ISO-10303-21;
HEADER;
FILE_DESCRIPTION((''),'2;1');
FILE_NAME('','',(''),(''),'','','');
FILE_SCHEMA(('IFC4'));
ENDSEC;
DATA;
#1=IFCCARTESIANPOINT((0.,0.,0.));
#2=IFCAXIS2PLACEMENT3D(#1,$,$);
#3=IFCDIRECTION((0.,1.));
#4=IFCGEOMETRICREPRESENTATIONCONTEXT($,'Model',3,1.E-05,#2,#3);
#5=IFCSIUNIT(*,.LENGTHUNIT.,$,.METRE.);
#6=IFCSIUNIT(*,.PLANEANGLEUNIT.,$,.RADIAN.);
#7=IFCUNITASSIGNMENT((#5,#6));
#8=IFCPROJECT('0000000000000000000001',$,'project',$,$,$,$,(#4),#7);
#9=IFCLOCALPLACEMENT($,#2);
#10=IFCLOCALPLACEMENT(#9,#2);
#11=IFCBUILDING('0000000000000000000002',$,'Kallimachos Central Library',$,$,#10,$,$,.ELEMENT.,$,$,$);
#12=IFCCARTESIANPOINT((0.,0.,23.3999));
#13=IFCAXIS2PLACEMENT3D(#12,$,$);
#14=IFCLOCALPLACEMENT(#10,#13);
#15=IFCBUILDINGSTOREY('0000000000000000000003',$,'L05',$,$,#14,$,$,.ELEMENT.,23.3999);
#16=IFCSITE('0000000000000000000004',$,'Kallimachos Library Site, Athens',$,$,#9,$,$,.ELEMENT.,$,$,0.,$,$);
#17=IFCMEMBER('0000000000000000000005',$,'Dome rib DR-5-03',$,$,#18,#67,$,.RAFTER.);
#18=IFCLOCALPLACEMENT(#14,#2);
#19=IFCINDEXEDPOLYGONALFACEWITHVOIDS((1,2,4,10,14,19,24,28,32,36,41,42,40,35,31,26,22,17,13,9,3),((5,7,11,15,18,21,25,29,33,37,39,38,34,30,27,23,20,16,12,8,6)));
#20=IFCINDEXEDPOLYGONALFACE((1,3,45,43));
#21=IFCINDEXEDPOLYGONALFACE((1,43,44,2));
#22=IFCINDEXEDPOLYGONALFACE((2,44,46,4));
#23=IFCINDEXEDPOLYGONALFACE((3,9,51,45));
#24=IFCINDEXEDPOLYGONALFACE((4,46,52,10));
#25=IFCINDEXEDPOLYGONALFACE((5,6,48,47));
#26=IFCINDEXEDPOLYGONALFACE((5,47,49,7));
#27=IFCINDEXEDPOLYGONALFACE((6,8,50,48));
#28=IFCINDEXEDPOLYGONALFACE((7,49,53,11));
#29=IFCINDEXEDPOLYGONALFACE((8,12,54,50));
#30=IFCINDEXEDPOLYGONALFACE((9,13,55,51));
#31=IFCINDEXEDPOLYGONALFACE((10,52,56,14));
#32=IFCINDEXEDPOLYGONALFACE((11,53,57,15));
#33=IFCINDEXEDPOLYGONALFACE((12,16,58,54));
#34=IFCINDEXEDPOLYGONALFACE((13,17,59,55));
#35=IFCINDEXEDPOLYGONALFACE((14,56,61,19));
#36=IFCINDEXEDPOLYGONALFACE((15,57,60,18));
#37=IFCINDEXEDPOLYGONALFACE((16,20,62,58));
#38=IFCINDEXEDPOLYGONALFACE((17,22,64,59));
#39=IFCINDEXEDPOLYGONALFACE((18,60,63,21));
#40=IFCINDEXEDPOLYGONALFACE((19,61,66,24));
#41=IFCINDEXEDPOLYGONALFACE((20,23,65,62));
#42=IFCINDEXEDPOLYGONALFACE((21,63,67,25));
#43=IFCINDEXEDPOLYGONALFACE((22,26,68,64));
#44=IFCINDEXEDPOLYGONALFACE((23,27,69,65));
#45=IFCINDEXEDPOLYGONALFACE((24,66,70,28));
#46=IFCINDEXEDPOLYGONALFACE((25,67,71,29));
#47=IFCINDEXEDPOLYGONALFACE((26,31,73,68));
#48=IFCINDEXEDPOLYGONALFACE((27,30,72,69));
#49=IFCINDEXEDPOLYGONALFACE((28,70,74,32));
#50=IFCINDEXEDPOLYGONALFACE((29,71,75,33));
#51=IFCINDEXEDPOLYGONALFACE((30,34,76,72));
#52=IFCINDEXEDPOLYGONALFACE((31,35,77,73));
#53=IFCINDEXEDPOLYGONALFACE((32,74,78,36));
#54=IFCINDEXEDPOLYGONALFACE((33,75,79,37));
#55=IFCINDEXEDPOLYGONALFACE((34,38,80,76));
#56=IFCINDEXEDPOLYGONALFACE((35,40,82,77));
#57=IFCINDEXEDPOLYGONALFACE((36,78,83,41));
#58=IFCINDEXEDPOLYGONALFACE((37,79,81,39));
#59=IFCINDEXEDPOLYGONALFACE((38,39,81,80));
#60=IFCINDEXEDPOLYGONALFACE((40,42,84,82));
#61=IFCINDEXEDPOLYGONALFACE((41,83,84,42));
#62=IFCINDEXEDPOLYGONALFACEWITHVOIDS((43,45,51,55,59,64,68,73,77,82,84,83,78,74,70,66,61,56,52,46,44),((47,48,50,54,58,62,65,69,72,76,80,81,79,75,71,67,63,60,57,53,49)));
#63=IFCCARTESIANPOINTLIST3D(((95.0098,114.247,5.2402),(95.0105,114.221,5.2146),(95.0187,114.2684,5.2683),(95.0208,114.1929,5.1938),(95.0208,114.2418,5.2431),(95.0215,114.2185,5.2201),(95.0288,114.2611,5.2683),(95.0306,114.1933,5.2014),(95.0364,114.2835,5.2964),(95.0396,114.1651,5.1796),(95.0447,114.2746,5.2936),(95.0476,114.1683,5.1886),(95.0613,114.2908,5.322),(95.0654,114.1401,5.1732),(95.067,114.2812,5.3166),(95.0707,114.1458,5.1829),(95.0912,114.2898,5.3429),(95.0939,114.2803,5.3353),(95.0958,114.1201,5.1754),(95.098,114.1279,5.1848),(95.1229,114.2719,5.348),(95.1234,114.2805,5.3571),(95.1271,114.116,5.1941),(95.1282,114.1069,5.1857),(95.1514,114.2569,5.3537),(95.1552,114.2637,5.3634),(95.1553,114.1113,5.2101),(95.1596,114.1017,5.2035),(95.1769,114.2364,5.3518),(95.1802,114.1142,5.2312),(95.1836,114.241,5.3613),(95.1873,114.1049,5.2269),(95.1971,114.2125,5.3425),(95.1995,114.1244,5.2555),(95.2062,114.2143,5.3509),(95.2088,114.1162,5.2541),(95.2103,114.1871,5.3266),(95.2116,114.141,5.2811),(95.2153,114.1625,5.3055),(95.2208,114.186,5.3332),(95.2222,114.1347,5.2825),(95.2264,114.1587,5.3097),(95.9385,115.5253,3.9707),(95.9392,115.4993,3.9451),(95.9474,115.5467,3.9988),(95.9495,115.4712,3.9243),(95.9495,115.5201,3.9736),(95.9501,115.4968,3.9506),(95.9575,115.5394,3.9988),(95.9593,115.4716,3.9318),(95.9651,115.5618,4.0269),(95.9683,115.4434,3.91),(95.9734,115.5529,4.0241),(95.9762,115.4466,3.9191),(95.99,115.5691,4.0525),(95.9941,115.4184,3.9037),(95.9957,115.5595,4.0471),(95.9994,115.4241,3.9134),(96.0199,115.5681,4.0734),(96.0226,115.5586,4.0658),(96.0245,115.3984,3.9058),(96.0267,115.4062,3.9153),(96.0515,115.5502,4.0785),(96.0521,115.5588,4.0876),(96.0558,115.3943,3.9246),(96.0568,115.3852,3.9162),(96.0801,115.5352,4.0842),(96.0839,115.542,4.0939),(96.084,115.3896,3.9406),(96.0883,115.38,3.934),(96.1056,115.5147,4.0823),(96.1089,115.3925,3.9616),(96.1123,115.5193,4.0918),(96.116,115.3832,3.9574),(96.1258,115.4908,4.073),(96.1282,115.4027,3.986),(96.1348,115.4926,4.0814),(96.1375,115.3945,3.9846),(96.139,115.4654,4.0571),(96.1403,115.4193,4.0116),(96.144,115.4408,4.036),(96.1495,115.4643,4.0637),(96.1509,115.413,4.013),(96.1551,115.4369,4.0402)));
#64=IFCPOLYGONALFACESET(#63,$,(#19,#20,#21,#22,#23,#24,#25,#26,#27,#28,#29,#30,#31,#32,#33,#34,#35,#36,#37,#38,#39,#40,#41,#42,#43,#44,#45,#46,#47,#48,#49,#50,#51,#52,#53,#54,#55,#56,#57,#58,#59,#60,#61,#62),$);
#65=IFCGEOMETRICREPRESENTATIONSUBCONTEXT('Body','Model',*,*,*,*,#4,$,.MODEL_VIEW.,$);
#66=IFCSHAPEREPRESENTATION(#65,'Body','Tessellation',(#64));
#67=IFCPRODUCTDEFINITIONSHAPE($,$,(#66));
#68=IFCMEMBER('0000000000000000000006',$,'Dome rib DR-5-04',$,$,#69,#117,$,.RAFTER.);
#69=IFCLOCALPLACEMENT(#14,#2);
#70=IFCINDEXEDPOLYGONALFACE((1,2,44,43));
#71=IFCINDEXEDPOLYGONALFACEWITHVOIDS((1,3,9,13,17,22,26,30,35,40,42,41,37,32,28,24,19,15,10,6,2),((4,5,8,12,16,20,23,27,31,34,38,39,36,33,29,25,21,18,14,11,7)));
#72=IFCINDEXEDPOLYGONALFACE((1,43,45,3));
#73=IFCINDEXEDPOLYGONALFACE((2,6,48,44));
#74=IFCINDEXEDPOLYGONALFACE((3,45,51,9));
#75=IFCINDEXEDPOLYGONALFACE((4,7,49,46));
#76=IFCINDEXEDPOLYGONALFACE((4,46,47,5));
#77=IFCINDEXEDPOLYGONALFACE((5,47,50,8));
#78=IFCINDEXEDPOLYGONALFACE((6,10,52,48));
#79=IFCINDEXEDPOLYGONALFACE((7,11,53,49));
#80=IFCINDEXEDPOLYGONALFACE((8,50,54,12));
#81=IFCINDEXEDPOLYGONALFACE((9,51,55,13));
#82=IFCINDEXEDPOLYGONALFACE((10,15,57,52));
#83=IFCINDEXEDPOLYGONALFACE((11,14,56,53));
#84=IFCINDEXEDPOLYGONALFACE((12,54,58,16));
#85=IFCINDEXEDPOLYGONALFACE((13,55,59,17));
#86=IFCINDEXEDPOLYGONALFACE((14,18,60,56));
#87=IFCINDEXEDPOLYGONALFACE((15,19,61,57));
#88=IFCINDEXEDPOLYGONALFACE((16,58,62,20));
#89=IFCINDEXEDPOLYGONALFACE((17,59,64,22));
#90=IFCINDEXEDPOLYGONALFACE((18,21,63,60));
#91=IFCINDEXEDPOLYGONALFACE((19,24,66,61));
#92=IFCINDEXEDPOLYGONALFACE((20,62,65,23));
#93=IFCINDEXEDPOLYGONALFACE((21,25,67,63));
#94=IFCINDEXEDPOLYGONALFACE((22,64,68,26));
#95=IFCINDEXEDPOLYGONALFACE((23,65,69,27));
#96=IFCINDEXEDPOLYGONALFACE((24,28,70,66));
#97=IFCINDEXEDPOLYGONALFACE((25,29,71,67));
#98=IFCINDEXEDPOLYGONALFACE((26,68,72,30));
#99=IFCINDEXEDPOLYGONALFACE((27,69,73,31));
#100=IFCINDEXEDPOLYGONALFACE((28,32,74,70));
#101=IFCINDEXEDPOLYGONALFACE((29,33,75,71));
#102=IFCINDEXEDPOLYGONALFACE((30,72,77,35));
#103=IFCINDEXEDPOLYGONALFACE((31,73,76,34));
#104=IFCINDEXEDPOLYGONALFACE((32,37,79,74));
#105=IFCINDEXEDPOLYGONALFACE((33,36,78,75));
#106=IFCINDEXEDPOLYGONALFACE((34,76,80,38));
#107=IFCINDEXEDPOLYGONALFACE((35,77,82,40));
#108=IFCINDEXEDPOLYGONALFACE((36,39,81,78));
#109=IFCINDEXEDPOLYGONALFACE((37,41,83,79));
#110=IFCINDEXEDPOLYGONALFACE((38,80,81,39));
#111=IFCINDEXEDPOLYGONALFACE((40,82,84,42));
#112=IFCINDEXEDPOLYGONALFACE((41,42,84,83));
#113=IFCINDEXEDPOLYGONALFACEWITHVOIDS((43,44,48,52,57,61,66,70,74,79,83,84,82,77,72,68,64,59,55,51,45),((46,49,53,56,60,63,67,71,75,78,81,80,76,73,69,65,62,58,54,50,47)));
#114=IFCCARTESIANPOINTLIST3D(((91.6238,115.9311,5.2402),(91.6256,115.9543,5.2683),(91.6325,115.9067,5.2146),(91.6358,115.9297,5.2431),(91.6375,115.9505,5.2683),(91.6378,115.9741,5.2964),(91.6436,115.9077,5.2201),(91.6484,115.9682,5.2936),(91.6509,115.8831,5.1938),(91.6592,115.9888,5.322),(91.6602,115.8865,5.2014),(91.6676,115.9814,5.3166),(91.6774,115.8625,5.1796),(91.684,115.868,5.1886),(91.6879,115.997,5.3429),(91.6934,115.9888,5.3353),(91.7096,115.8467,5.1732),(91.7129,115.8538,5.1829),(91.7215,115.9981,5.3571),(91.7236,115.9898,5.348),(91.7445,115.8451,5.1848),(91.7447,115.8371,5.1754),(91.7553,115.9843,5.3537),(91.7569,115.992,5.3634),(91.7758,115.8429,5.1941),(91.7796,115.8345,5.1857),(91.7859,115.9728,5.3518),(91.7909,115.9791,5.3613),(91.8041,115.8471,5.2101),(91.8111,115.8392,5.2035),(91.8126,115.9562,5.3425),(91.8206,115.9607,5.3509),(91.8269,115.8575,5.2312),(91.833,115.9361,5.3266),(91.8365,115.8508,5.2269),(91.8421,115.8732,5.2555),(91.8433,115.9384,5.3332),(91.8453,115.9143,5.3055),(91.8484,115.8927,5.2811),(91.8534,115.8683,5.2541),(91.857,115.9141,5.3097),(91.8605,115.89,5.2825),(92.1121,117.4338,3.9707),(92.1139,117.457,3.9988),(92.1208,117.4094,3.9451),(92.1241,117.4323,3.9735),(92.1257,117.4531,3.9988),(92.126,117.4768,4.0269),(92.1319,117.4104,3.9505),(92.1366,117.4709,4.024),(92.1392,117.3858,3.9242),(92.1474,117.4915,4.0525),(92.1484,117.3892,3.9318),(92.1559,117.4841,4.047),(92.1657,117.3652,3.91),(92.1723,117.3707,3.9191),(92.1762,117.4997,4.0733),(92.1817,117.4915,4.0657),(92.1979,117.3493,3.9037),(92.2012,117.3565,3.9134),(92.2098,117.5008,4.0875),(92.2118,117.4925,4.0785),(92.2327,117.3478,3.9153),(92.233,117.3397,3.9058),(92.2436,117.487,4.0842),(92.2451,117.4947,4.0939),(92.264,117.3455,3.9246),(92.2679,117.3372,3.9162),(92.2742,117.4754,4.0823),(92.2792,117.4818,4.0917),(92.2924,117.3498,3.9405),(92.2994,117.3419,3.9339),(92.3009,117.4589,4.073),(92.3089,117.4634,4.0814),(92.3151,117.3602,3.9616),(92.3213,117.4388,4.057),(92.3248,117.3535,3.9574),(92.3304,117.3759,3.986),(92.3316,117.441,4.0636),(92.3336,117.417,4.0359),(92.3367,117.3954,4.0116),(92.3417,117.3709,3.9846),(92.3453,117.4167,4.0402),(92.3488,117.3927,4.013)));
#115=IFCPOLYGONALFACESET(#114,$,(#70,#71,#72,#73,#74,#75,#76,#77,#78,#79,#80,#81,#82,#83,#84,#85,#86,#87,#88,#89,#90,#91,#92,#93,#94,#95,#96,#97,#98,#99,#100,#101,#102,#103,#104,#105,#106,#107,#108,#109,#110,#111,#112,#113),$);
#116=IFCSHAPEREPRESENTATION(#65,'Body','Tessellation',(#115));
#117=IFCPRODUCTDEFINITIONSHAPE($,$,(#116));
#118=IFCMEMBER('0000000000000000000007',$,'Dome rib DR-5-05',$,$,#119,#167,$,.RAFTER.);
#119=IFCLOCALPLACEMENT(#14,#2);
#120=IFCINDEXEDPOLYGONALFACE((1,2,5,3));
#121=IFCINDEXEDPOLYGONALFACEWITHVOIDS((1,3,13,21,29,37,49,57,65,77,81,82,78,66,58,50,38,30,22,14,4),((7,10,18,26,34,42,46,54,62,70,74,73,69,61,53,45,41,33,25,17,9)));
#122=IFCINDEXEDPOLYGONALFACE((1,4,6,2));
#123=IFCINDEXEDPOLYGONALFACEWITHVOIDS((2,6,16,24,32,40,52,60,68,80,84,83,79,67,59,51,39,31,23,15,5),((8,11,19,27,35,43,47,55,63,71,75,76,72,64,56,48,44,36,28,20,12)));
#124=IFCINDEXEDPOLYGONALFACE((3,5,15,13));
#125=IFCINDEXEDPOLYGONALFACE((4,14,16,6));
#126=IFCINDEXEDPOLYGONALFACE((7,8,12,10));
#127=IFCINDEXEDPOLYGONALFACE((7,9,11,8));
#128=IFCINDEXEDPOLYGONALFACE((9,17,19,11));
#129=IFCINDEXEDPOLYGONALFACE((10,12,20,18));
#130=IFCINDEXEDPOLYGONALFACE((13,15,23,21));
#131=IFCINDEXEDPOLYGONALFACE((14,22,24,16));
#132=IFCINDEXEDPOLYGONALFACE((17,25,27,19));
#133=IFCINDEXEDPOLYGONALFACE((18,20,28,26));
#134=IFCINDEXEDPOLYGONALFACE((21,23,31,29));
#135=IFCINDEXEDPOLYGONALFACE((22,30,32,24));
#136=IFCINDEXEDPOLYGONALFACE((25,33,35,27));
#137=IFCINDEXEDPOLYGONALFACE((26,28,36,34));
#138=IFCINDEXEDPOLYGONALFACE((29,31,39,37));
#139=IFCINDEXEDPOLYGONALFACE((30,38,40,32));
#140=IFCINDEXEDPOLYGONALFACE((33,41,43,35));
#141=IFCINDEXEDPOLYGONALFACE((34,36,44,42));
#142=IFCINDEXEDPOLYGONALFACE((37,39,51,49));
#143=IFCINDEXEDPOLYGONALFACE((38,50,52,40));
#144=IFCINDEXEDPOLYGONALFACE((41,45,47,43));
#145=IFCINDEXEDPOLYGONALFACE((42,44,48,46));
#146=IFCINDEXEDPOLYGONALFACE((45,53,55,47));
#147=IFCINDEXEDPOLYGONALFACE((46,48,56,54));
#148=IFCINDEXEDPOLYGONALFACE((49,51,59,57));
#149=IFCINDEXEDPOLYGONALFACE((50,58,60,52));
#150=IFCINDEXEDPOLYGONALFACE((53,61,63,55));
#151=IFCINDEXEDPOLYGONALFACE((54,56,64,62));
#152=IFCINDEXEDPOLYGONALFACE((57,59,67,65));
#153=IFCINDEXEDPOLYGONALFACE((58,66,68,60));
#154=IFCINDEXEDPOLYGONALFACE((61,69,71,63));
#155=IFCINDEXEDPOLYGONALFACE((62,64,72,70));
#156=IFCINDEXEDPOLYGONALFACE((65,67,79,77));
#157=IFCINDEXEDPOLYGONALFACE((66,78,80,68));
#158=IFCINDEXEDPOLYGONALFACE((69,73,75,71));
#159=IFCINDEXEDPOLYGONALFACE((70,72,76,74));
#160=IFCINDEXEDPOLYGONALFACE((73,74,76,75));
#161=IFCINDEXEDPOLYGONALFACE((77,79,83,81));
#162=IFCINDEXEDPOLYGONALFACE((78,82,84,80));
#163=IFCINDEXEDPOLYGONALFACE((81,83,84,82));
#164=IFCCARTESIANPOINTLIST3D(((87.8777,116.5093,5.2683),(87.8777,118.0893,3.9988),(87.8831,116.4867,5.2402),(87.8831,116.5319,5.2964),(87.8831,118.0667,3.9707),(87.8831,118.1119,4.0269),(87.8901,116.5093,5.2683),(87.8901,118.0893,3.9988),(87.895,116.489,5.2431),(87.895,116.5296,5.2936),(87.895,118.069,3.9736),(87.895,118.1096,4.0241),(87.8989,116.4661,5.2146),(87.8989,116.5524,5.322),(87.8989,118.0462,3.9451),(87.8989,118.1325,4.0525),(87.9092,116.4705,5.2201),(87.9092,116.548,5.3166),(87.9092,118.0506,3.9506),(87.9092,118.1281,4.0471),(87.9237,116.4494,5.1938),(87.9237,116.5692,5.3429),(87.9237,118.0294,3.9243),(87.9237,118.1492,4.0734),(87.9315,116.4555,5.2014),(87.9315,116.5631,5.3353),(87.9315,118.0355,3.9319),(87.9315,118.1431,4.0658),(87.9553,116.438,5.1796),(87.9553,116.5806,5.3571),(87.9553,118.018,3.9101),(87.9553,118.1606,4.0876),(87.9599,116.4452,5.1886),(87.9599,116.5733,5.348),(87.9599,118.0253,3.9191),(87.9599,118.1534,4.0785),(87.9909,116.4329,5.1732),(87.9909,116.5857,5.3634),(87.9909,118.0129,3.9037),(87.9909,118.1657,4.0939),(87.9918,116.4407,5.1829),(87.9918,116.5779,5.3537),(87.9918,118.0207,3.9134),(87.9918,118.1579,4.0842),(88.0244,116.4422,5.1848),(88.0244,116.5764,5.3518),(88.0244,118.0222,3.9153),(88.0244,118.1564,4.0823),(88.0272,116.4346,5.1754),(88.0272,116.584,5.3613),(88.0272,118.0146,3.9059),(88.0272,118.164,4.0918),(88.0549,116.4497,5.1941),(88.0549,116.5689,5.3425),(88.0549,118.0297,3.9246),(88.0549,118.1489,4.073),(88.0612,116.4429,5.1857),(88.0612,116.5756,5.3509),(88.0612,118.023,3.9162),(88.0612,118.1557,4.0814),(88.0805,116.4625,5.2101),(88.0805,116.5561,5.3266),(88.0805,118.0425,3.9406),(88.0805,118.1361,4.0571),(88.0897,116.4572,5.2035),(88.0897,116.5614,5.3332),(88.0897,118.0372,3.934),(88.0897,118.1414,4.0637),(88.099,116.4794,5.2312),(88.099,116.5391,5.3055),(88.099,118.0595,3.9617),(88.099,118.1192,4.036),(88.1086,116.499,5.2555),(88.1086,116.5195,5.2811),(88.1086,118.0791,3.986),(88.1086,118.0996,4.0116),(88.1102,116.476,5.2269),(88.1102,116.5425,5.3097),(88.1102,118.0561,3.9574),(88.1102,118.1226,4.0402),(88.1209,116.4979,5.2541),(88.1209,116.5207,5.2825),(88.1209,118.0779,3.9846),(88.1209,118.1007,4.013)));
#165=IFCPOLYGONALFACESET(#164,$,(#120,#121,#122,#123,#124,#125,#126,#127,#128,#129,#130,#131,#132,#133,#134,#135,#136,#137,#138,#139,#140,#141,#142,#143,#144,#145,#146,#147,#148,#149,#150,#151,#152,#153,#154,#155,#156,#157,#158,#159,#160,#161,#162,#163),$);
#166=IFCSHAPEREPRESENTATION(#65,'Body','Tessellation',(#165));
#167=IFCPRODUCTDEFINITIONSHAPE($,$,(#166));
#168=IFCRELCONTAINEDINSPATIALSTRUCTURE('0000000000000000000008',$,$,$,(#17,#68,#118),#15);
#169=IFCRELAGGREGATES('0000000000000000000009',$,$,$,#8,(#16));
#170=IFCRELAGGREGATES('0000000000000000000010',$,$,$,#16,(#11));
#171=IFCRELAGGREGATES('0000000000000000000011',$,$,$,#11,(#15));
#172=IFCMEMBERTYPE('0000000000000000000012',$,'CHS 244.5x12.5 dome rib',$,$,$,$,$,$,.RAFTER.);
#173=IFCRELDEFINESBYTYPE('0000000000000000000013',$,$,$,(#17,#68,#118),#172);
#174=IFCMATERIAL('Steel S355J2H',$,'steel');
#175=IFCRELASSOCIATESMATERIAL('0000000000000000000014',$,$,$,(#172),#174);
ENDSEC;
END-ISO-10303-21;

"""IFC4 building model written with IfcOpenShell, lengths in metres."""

from ifc_helpers import new_model, si_unit, direction, frame, origin, origin_2d, place, context, subcontext, project, spatial, hollow_circle, extrude, material, material_profile, profile_set, type_object, element, save


model = new_model("IFC4")

# Units and contexts
model_context = context("Model", 3, precision=1e-05, world=origin(), true_north=direction((0.0, 1.0)))
body_context = subcontext(model_context, "Body", "Model", "MODEL_VIEW")
ifc_project = project(units=[si_unit("LENGTHUNIT", "METRE"), si_unit("PLANEANGLEUNIT", "RADIAN")], contexts=[model_context])

# Site, building, storey
site_placement = place(None, origin())
site = spatial("IfcSite", under=ifc_project, at=site_placement, Name="Kallimachos Library Site, Athens", CompositionType="ELEMENT", RefElevation=0.0)
building_placement = place(site_placement, origin())
building = spatial("IfcBuilding", under=site, at=building_placement, Name="Kallimachos Central Library", CompositionType="ELEMENT")
storey_placement = place(building_placement, frame((0.0, 0.0, 23.3999)))
storey = spatial("IfcBuildingStorey", under=building, at=storey_placement, Name="L05", CompositionType="ELEMENT", Elevation=23.3999)

# Members
ifc_material_1 = material(Name="Steel S355J2H", Category="steel")
ifc_material_profile_1 = material_profile(ifc_material_1, hollow_circle(Radius=0.1223, WallThickness=0.0125, at=origin_2d()), Name="CHS 244.5x12.5")
ifc_profile_set_1 = profile_set([ifc_material_profile_1], Name="Steel S355J2H")
member_type_1 = type_object("IfcMemberType", Name="CHS 244.5x12.5 dome rib", PredefinedType="RAFTER", material=ifc_profile_set_1)
for number, where, z_axis, x_axis, name in (
    (1, (95.1177, 114.1965, 5.2683), (0.458193, 0.630678, -0.626342), (-0.80903, 0.587767, 0.0), "Dome rib DR-5-03"),
    (2, (91.7419, 115.9165, 5.2683), (0.240904, 0.741383, -0.626351), (-0.951051, 0.309034, 0.0), "Dome rib DR-5-04"),
    (3, (88.0, 116.5093, 5.2683), (0.0, 0.779551, -0.626339), (-1.0, 0.0, 0.0), "Dome rib DR-5-05"),
):
    element("IfcMember", number, at=place(storey_placement, frame(where, z_axis=z_axis, x_axis=x_axis)), inside=storey, type_object=member_type_1, Name=name, PredefinedType="RAFTER", context=body_context, shape_type="SweptSolid", body=[
        extrude(hollow_circle(Radius=0.1223, WallThickness=0.0125, at=origin_2d()), origin(), (0.0, 0.0, 1.0), 2.0269),
    ])

save(model, "model.ifc")
